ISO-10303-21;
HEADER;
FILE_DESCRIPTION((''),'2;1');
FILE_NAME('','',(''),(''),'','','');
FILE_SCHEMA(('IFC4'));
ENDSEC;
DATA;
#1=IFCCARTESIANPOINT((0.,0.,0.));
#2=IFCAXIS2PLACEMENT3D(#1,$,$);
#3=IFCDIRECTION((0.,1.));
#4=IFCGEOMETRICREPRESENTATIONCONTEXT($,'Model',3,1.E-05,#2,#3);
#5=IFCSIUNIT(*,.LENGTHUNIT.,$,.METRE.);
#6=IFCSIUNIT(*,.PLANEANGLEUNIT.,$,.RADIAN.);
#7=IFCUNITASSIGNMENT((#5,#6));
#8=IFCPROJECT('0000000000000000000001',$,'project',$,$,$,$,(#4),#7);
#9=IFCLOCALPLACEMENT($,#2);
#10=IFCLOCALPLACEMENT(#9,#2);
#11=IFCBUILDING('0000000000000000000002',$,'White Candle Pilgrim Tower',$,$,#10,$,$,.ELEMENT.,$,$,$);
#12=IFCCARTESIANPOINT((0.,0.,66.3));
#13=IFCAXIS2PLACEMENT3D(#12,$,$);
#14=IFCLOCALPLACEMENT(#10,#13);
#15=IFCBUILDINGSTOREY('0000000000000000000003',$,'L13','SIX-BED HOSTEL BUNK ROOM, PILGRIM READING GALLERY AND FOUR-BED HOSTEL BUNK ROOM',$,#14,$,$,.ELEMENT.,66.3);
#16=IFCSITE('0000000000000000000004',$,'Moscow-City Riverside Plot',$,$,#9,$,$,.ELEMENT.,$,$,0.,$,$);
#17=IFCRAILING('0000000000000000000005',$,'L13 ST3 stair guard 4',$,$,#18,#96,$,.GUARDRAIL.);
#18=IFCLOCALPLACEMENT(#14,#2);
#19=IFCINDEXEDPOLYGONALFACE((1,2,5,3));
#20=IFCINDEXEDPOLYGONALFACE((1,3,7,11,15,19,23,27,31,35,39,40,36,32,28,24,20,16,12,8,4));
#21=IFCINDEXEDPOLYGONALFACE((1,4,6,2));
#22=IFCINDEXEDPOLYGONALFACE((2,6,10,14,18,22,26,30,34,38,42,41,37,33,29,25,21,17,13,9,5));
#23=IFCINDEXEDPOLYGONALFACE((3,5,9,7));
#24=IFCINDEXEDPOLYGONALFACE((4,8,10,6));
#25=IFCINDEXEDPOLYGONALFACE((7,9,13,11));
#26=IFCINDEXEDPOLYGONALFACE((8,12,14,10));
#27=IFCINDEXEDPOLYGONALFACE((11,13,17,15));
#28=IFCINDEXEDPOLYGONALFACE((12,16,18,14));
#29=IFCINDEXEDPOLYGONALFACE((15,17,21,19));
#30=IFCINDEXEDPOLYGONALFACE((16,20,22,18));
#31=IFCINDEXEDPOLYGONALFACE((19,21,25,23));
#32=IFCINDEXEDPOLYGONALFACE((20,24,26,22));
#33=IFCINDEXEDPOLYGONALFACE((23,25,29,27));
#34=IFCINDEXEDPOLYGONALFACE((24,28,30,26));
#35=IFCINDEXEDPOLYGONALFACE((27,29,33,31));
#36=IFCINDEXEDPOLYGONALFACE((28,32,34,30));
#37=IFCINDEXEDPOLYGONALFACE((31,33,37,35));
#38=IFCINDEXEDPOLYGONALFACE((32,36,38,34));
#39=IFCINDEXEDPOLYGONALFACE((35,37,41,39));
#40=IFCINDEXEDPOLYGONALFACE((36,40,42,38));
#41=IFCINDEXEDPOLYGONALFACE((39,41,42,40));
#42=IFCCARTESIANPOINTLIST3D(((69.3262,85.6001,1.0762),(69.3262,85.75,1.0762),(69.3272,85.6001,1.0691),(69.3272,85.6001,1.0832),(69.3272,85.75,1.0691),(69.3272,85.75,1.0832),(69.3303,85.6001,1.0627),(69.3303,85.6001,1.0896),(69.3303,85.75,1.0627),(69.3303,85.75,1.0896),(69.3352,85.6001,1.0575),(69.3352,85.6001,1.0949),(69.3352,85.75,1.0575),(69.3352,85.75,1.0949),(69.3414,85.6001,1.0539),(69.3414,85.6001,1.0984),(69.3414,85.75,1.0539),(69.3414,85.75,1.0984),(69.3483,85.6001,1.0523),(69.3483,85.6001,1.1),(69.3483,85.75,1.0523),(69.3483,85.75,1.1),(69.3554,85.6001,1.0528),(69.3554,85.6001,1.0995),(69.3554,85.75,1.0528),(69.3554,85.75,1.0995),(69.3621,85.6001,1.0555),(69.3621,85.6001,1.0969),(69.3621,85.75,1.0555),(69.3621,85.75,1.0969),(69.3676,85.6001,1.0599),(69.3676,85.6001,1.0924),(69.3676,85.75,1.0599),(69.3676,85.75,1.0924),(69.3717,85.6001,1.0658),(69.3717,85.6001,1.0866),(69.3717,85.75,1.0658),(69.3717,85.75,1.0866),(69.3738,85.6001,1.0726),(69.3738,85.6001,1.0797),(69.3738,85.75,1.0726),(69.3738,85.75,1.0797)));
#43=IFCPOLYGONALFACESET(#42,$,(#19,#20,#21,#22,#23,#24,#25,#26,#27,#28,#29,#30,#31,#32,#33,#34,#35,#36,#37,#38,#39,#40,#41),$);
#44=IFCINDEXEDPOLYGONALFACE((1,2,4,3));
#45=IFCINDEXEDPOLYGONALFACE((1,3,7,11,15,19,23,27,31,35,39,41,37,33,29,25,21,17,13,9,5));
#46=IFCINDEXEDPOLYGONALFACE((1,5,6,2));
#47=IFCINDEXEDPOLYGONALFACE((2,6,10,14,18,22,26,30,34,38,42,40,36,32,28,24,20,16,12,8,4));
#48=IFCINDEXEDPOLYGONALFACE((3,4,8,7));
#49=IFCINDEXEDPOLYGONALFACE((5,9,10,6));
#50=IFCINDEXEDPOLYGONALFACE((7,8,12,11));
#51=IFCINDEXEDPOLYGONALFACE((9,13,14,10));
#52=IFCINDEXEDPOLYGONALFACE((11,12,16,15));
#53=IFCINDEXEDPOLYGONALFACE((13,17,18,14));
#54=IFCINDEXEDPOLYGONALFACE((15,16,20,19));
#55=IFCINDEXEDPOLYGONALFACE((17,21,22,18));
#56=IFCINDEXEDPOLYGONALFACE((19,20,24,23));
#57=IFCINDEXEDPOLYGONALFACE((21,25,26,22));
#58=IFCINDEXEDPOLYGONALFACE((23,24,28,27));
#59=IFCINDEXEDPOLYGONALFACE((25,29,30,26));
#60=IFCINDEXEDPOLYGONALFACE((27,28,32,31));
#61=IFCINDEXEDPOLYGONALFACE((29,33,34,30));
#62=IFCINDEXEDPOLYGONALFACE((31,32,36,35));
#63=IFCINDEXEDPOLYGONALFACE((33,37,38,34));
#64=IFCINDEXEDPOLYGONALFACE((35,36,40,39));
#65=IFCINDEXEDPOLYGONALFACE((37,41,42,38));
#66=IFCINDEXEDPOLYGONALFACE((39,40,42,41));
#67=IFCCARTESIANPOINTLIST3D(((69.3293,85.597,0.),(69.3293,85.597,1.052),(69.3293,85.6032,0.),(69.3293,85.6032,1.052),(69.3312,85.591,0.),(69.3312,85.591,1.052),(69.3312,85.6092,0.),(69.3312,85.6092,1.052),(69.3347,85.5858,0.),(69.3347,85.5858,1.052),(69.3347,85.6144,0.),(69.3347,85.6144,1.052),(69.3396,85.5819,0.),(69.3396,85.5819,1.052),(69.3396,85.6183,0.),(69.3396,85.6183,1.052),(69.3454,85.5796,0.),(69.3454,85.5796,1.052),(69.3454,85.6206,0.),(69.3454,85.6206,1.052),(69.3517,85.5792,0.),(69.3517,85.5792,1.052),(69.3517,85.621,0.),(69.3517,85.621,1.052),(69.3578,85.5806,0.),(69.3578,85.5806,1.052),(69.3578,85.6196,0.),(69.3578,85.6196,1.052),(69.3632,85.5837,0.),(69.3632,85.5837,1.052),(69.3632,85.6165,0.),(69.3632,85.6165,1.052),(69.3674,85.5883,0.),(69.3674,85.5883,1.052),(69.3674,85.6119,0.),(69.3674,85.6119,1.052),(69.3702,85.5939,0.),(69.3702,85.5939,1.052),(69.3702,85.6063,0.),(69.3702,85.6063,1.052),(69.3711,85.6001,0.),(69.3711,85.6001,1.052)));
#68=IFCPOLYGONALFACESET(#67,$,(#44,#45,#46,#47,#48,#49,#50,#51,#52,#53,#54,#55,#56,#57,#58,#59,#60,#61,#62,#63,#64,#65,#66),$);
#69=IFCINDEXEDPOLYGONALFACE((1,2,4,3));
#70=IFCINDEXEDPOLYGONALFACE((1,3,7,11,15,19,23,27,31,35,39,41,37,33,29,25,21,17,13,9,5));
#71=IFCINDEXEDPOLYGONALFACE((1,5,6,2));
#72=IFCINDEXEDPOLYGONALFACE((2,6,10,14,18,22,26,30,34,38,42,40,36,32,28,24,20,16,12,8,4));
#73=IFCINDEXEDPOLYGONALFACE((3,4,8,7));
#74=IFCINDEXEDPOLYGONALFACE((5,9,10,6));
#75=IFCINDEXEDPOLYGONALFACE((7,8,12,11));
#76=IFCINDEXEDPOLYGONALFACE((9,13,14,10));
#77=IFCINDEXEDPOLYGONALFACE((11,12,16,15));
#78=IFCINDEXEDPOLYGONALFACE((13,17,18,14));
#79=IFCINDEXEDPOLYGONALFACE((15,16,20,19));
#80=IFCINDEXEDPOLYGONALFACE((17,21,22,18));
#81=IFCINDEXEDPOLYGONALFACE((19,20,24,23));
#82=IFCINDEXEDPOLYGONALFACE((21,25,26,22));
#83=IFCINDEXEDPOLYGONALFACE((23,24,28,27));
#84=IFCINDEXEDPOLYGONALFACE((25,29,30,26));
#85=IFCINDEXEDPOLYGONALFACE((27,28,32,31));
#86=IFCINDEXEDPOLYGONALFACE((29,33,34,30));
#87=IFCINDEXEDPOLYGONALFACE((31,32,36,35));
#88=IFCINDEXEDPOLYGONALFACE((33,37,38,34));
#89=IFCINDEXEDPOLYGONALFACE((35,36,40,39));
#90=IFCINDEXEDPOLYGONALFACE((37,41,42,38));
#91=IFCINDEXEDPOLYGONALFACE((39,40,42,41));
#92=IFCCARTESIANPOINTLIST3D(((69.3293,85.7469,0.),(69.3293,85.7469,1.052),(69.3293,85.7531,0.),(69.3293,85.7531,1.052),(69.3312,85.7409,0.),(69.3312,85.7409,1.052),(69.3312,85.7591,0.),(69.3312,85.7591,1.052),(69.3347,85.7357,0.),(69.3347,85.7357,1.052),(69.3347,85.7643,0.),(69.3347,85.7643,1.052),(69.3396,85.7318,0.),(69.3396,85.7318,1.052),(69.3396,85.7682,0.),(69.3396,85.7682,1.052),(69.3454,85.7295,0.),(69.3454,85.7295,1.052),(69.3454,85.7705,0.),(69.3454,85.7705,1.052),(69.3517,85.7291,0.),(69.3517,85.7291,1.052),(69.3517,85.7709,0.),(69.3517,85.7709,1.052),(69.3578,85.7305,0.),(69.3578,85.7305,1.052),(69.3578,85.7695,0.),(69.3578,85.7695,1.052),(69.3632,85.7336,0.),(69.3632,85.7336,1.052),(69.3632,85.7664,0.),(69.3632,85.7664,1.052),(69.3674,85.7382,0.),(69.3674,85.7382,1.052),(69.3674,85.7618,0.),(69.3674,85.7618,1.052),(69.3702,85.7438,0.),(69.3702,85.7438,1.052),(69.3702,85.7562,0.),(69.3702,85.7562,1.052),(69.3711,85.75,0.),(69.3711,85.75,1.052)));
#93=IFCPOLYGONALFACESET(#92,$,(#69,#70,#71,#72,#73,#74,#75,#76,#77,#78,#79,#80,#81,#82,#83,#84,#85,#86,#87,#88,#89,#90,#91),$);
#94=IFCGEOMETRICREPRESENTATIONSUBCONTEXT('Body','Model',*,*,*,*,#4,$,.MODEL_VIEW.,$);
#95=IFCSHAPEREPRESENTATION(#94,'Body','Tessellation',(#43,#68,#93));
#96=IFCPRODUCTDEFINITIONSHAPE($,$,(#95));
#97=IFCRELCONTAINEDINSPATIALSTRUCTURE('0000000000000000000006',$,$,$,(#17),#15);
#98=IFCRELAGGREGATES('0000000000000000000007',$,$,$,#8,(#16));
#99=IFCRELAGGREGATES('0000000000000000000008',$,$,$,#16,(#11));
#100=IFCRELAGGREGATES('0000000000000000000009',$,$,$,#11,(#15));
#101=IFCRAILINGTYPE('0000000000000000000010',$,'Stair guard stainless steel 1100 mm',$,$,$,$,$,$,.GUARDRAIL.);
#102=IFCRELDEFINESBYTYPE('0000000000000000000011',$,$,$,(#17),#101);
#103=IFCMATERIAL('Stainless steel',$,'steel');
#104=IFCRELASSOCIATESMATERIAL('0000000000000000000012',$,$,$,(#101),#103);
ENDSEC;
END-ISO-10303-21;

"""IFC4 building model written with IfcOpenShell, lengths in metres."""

from ifc_helpers import new_model, si_unit, direction, frame, origin, origin_2d, place, context, subcontext, project, spatial, circle, extrude, material, type_object, element, save


model = new_model("IFC4")

# Units and contexts
model_context = context("Model", 3, precision=1e-05, world=origin(), true_north=direction((0.0, 1.0)))
body_context = subcontext(model_context, "Body", "Model", "MODEL_VIEW")
ifc_project = project(units=[si_unit("LENGTHUNIT", "METRE"), si_unit("PLANEANGLEUNIT", "RADIAN")], contexts=[model_context])

# Site, building, storey
site_placement = place(None, origin())
site = spatial("IfcSite", under=ifc_project, at=site_placement, Name="Moscow-City Riverside Plot", CompositionType="ELEMENT", RefElevation=0.0)
building_placement = place(site_placement, origin())
building = spatial("IfcBuilding", under=site, at=building_placement, Name="White Candle Pilgrim Tower", CompositionType="ELEMENT")
storey_placement = place(building_placement, frame((0.0, 0.0, 66.3)))
storey = spatial("IfcBuildingStorey", under=building, at=storey_placement, Name="L13", Description="SIX-BED HOSTEL BUNK ROOM, PILGRIM READING GALLERY AND FOUR-BED HOSTEL BUNK ROOM", CompositionType="ELEMENT", Elevation=66.3)

# Railing
ifc_material_1 = material(Name="Stainless steel", Category="steel")
railing_type_1 = type_object("IfcRailingType", Name="Stair guard stainless steel 1100 mm", PredefinedType="GUARDRAIL", material=ifc_material_1)
railing_1_placement = place(storey_placement, frame((69.3501, 85.6001, 0.0)))
element("IfcRailing", 1, at=railing_1_placement, inside=storey, type_object=railing_type_1, Name="L13 ST3 stair guard 4", PredefinedType="GUARDRAIL", context=body_context, shape_type="SweptSolid", body=[
    extrude(circle(Radius=0.0239, at=origin_2d()), frame((0.0, 0.0, 1.0762), z_axis=(0.0, 1.0, 0.0), x_axis=(-1.0, 0.0, 0.0)), (0.0, 0.0, 1.0), 0.1499),
    extrude(circle(Radius=0.021, at=origin_2d()), origin(), (0.0, 0.0, 1.0), 1.052),
    extrude(circle(Radius=0.021, at=origin_2d()), frame((0.0, 0.1499, 0.0)), (0.0, 0.0, 1.0), 1.052),
])

save(model, "model.ifc")
